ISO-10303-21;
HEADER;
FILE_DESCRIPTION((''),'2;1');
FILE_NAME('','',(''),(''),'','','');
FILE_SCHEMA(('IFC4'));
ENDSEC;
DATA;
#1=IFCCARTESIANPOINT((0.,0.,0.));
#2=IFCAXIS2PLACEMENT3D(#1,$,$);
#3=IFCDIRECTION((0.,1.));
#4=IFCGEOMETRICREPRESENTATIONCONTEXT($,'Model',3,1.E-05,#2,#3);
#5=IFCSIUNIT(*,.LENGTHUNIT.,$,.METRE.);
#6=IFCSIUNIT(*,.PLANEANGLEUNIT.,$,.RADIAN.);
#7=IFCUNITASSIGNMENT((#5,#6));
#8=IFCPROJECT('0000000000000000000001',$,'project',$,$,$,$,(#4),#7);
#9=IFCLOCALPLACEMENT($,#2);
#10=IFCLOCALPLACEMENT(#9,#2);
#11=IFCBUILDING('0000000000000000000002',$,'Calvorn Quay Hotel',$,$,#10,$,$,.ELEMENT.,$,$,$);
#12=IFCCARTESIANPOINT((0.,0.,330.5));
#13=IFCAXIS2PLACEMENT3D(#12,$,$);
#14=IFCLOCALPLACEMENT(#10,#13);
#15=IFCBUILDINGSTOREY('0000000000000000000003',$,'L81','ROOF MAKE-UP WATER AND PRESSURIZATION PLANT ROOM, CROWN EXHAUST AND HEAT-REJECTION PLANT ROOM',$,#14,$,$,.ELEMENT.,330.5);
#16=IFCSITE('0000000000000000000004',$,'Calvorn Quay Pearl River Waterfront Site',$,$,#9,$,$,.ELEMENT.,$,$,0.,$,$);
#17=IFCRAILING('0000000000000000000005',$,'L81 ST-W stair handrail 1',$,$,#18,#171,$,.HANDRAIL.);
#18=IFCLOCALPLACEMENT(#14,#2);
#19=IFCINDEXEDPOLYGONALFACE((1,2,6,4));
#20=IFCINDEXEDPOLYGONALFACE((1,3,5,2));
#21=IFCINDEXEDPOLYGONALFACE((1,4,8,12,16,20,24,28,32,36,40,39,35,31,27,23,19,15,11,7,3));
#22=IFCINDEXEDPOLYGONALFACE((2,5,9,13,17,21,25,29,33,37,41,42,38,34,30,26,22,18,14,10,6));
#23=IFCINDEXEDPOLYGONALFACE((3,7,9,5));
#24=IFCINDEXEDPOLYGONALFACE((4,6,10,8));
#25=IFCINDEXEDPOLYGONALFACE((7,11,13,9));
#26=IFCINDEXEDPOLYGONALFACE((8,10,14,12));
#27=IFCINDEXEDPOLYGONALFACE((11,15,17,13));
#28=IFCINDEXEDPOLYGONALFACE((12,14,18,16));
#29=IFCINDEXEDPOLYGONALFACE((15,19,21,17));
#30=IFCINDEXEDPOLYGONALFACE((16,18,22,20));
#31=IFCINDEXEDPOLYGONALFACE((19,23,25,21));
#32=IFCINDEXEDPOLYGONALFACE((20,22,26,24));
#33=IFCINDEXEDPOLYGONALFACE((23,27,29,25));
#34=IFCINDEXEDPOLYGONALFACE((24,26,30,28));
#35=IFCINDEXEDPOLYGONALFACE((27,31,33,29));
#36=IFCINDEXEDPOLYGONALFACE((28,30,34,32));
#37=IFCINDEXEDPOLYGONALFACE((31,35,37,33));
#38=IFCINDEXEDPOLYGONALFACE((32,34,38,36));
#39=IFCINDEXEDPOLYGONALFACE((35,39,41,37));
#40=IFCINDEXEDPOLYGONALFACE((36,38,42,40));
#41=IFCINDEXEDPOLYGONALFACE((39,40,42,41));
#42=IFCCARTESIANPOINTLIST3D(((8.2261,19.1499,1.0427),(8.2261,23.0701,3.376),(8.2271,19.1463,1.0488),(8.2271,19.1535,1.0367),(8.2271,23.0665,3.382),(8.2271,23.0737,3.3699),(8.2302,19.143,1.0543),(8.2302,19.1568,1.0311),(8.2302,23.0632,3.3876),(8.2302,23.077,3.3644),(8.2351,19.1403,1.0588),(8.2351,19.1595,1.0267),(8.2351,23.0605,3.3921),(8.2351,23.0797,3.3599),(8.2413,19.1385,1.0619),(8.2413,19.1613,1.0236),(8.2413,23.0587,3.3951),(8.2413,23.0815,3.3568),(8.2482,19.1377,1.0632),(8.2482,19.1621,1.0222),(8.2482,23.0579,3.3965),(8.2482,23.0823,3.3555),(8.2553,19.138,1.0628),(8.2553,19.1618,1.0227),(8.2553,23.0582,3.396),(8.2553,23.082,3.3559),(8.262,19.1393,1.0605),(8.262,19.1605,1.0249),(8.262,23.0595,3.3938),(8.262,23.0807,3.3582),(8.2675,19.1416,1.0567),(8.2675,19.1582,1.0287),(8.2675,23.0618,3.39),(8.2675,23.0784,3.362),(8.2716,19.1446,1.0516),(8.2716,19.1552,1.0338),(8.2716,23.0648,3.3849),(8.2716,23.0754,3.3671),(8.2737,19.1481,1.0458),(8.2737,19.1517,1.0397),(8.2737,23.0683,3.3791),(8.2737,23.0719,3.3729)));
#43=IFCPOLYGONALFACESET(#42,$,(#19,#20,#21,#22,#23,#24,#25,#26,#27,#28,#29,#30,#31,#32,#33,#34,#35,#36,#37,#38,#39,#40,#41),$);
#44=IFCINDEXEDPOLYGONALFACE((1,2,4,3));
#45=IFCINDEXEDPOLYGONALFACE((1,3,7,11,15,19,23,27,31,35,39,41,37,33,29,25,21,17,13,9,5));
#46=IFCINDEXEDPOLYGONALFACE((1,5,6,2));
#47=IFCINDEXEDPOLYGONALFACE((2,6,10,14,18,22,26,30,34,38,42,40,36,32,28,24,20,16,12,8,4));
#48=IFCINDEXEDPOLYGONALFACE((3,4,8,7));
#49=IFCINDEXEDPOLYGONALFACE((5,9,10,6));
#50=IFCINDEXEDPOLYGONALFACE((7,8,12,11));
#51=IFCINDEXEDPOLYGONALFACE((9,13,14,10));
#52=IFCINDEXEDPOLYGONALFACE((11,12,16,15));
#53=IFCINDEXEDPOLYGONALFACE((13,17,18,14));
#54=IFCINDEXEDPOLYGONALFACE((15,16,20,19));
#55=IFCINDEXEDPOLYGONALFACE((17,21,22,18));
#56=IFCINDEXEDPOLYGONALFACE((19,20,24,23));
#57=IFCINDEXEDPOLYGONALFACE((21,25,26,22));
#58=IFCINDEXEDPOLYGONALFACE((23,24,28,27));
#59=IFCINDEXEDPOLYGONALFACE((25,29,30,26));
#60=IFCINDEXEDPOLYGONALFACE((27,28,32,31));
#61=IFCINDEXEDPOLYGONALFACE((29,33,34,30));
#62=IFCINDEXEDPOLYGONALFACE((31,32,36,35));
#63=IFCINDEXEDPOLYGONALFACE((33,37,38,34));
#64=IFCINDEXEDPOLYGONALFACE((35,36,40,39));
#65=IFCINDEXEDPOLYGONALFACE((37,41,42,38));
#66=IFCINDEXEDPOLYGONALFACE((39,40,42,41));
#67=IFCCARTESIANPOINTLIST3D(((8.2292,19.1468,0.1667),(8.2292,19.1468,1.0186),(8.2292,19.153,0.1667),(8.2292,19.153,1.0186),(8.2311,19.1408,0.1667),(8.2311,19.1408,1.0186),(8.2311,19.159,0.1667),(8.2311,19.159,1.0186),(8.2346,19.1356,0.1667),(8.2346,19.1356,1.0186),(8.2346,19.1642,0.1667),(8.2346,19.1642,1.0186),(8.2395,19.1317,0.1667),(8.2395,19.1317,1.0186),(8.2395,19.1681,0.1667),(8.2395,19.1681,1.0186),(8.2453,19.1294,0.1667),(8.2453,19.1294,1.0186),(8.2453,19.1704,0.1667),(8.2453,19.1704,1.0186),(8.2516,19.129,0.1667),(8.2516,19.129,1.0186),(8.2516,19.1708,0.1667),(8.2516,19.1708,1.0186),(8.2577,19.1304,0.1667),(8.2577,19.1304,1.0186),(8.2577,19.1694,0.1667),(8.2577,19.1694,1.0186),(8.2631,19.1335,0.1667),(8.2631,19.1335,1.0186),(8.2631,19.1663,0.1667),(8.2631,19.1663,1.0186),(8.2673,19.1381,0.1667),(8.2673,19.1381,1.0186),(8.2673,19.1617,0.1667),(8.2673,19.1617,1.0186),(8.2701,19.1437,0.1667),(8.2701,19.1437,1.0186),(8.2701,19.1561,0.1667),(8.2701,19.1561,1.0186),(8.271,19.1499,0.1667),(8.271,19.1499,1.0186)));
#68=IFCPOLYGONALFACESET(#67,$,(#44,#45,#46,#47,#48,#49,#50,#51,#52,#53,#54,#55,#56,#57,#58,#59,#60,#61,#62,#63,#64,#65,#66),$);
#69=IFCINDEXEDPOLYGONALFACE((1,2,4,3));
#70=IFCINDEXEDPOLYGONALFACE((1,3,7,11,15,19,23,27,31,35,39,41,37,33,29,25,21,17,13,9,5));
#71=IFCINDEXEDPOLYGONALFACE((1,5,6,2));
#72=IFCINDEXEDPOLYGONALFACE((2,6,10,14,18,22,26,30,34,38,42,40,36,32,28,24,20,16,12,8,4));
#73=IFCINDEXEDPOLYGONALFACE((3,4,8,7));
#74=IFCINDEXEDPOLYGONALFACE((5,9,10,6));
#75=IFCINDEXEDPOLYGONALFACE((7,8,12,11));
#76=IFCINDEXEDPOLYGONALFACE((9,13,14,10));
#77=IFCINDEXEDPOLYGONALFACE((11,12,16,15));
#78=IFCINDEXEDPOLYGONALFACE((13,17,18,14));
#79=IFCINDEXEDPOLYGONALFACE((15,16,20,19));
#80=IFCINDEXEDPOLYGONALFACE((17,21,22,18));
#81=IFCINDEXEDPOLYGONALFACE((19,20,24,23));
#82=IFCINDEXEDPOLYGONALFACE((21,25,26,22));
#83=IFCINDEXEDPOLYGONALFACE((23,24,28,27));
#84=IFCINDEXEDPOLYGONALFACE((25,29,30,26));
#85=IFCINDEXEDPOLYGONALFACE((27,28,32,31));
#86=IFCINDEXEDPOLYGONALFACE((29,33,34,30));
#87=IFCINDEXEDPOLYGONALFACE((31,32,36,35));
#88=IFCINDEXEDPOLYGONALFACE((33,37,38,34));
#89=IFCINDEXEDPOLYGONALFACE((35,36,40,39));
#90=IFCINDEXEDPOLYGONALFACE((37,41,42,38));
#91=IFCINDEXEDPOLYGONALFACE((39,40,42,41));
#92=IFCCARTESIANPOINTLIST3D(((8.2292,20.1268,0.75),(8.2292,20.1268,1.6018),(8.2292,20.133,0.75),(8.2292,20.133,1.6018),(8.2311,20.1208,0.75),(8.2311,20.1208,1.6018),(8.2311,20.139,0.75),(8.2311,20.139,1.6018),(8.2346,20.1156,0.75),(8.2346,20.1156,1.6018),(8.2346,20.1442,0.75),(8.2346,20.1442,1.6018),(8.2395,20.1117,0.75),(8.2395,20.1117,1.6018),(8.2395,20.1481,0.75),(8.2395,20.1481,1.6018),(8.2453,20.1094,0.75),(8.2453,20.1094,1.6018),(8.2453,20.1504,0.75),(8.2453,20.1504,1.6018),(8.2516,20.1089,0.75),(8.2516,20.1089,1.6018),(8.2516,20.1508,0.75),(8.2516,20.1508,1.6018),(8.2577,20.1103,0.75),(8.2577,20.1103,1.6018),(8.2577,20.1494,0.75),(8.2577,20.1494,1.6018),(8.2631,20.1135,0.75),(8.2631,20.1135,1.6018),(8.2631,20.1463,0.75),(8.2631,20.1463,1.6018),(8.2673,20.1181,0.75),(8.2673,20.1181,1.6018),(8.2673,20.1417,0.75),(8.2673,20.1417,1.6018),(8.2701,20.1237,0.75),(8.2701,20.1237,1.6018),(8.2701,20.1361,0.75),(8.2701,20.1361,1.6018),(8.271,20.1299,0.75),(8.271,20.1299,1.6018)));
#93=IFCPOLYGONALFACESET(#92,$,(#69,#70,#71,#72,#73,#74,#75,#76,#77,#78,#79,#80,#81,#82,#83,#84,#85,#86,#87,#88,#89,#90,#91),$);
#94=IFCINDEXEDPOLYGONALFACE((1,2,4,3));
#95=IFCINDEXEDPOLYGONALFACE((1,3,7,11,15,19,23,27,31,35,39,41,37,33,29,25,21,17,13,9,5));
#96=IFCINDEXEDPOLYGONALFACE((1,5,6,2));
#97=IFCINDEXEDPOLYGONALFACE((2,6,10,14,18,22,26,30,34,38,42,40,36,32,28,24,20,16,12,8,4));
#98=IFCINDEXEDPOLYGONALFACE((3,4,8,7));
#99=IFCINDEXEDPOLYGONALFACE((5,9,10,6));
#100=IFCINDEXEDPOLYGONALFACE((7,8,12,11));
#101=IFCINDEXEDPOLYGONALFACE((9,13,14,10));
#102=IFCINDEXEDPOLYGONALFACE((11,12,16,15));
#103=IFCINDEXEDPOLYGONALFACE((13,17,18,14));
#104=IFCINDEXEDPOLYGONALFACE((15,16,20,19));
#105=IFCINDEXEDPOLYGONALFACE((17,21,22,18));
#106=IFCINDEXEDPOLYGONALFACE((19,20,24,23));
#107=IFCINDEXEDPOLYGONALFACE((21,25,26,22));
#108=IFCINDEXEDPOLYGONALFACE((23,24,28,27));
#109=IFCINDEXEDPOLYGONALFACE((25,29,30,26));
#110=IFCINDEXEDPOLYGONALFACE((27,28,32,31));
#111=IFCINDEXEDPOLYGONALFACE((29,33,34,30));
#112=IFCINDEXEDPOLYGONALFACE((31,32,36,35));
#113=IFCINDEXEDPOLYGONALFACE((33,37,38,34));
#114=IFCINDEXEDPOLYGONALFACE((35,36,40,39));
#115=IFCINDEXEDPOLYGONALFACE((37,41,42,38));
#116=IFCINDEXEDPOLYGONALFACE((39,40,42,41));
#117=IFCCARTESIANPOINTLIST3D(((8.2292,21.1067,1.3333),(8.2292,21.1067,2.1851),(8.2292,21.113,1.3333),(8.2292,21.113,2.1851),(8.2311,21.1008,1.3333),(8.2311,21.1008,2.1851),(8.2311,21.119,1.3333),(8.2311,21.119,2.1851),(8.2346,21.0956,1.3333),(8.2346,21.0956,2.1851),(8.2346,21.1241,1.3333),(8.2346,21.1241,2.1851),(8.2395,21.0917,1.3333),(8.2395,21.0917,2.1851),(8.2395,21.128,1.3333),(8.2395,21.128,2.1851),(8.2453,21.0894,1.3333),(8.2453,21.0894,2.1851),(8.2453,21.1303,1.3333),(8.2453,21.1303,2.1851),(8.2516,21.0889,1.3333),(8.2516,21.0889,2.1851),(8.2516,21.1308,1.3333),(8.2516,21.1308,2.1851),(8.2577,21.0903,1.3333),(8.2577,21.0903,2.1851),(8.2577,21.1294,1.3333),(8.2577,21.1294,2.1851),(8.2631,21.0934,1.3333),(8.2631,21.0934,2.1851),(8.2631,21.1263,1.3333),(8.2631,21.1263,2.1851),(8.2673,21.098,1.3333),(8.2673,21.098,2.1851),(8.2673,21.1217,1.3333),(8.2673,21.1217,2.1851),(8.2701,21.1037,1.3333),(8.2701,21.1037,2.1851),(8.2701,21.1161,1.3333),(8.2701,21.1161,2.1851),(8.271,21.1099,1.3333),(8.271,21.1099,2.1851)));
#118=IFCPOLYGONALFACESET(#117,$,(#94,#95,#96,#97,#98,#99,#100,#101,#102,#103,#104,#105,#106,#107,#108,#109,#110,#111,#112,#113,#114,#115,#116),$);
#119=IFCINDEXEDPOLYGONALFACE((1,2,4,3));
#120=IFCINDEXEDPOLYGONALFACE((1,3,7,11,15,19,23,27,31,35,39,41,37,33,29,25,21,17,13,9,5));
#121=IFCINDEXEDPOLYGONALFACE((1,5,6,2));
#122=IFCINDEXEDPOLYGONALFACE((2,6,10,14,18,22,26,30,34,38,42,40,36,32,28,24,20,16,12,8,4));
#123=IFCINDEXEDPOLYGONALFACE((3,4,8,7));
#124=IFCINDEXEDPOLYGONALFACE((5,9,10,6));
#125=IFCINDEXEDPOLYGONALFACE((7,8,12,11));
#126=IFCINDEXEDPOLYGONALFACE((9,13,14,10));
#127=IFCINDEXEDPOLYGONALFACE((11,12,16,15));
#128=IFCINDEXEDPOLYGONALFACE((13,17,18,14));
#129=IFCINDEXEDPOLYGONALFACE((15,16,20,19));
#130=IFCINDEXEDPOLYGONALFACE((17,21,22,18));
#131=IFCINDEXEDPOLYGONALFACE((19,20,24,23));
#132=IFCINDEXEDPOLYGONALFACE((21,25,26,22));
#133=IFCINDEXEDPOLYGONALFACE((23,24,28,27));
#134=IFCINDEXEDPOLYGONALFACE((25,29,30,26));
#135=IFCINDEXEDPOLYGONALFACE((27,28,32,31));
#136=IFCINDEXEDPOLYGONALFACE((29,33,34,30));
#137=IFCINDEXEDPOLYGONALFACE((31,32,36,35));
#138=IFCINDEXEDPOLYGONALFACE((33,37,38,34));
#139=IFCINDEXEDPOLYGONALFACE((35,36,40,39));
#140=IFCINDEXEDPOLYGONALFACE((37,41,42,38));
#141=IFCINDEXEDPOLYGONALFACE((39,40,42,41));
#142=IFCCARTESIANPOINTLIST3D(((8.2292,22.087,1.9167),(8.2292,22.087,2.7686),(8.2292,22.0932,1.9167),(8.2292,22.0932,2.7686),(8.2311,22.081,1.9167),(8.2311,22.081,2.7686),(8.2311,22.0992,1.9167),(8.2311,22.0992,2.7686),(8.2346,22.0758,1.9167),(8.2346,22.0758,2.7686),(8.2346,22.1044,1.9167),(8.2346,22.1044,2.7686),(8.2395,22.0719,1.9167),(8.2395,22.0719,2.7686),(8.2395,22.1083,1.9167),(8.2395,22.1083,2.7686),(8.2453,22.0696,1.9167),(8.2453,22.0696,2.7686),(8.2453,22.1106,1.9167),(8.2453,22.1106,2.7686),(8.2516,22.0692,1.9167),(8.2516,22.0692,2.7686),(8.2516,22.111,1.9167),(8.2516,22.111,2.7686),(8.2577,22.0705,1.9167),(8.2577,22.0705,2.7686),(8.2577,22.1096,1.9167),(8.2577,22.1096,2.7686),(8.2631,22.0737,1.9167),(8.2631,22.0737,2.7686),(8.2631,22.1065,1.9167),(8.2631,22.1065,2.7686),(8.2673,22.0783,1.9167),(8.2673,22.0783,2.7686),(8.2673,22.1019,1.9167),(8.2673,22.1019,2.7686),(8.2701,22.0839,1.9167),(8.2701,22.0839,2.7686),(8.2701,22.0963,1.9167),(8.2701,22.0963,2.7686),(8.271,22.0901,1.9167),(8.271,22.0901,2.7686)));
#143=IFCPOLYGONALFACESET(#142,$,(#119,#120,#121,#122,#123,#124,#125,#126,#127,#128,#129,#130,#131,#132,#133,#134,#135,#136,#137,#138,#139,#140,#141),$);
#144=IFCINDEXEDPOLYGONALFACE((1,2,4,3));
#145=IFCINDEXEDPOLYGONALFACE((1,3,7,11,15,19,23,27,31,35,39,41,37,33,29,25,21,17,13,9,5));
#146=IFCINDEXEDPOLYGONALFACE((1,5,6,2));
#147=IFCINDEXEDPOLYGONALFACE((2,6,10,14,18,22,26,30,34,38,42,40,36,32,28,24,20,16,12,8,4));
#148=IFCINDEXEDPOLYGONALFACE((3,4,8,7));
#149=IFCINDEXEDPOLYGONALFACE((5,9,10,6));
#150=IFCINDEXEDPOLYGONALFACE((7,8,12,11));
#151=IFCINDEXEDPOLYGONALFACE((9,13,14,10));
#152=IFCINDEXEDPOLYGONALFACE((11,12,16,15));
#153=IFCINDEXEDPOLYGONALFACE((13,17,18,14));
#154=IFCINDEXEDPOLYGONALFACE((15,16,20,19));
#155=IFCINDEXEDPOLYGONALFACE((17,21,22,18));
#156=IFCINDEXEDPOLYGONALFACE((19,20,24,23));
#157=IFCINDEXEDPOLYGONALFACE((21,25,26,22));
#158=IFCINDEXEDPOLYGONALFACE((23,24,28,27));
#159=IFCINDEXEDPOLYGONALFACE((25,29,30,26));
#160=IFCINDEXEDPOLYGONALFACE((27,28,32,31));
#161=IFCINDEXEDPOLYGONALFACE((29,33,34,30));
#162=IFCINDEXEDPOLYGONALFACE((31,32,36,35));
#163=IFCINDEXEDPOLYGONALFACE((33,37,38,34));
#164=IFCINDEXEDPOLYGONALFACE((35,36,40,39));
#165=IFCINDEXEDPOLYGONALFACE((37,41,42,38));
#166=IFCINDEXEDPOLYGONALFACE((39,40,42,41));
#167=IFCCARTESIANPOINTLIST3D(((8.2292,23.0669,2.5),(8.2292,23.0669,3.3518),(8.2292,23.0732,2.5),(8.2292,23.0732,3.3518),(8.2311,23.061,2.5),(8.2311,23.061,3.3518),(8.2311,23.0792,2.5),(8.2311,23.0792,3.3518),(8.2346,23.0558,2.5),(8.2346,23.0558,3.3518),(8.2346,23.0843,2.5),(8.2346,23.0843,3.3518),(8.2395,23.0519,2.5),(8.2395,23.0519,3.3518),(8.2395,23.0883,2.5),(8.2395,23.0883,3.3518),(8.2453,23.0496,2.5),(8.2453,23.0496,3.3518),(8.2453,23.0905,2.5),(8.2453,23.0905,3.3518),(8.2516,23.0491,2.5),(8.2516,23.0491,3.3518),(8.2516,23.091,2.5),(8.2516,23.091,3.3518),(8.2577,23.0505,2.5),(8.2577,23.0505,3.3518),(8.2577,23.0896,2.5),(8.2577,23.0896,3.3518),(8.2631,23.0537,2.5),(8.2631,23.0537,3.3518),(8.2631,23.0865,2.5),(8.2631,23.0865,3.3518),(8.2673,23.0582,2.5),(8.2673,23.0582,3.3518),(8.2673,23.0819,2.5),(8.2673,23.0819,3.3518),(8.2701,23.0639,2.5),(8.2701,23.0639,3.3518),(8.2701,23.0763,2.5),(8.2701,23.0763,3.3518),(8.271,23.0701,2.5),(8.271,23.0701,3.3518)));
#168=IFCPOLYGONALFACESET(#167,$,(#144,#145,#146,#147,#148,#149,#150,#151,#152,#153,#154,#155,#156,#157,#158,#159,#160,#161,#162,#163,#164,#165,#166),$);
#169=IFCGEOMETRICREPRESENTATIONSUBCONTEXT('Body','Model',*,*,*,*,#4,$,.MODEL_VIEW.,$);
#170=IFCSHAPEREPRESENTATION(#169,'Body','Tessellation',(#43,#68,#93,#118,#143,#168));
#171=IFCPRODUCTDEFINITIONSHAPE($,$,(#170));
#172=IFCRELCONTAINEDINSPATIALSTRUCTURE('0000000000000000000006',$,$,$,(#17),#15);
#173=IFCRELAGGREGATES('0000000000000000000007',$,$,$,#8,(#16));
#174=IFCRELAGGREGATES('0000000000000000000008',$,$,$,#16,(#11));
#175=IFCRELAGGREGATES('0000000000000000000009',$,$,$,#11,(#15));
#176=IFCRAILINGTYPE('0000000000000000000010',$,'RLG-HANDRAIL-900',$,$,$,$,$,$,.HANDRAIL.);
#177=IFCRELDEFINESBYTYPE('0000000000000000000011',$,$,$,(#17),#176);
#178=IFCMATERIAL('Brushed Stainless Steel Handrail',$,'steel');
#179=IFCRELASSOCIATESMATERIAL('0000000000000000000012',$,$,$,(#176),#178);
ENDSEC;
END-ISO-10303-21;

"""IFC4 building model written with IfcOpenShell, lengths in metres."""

from ifc_helpers import new_model, si_unit, direction, frame, origin, origin_2d, place, context, subcontext, project, spatial, circle, extrude, material, type_object, element, save


model = new_model("IFC4")

# Units and contexts
model_context = context("Model", 3, precision=1e-05, world=origin(), true_north=direction((0.0, 1.0)))
body_context = subcontext(model_context, "Body", "Model", "MODEL_VIEW")
ifc_project = project(units=[si_unit("LENGTHUNIT", "METRE"), si_unit("PLANEANGLEUNIT", "RADIAN")], contexts=[model_context])

# Site, building, storey
site_placement = place(None, origin())
site = spatial("IfcSite", under=ifc_project, at=site_placement, Name="Calvorn Quay Pearl River Waterfront Site", CompositionType="ELEMENT", RefElevation=0.0)
building_placement = place(site_placement, origin())
building = spatial("IfcBuilding", under=site, at=building_placement, Name="Calvorn Quay Hotel", CompositionType="ELEMENT")
storey_placement = place(building_placement, frame((0.0, 0.0, 330.5)))
storey = spatial("IfcBuildingStorey", under=building, at=storey_placement, Name="L81", Description="ROOF MAKE-UP WATER AND PRESSURIZATION PLANT ROOM, CROWN EXHAUST AND HEAT-REJECTION PLANT ROOM", CompositionType="ELEMENT", Elevation=330.5)

# Railing
ifc_material_1 = material(Name="Brushed Stainless Steel Handrail", Category="steel")
railing_type_1 = type_object("IfcRailingType", Name="RLG-HANDRAIL-900", PredefinedType="HANDRAIL", material=ifc_material_1)
railing_1_placement = place(storey_placement, frame((8.25, 19.1499, 0.1667)))
element("IfcRailing", 1, at=railing_1_placement, inside=storey, type_object=railing_type_1, Name="L81 ST-W stair handrail 1", PredefinedType="HANDRAIL", context=body_context, shape_type="SweptSolid", body=[
    extrude(circle(Radius=0.0239, at=origin_2d()), frame((0.0, 0.0, 0.876), z_axis=(0.0, 0.85931, 0.511455), x_axis=(-1.0, 0.0, 0.0)), (0.0, 0.0, 1.0), 4.562),
    extrude(circle(Radius=0.021, at=origin_2d()), origin(), (0.0, 0.0, 1.0), 0.8518),
    extrude(circle(Radius=0.021, at=origin_2d()), frame((0.0, 0.98, 0.5833)), (0.0, 0.0, 1.0), 0.8518),
    extrude(circle(Radius=0.021, at=origin_2d()), frame((0.0, 1.96, 1.1665)), (0.0, 0.0, 1.0), 0.8518),
    extrude(circle(Radius=0.021, at=origin_2d()), frame((0.0, 2.9402, 1.75)), (0.0, 0.0, 1.0), 0.8518),
    extrude(circle(Radius=0.021, at=origin_2d()), frame((0.0, 3.9202, 2.3333)), (0.0, 0.0, 1.0), 0.8518),
])

save(model, "model.ifc")
